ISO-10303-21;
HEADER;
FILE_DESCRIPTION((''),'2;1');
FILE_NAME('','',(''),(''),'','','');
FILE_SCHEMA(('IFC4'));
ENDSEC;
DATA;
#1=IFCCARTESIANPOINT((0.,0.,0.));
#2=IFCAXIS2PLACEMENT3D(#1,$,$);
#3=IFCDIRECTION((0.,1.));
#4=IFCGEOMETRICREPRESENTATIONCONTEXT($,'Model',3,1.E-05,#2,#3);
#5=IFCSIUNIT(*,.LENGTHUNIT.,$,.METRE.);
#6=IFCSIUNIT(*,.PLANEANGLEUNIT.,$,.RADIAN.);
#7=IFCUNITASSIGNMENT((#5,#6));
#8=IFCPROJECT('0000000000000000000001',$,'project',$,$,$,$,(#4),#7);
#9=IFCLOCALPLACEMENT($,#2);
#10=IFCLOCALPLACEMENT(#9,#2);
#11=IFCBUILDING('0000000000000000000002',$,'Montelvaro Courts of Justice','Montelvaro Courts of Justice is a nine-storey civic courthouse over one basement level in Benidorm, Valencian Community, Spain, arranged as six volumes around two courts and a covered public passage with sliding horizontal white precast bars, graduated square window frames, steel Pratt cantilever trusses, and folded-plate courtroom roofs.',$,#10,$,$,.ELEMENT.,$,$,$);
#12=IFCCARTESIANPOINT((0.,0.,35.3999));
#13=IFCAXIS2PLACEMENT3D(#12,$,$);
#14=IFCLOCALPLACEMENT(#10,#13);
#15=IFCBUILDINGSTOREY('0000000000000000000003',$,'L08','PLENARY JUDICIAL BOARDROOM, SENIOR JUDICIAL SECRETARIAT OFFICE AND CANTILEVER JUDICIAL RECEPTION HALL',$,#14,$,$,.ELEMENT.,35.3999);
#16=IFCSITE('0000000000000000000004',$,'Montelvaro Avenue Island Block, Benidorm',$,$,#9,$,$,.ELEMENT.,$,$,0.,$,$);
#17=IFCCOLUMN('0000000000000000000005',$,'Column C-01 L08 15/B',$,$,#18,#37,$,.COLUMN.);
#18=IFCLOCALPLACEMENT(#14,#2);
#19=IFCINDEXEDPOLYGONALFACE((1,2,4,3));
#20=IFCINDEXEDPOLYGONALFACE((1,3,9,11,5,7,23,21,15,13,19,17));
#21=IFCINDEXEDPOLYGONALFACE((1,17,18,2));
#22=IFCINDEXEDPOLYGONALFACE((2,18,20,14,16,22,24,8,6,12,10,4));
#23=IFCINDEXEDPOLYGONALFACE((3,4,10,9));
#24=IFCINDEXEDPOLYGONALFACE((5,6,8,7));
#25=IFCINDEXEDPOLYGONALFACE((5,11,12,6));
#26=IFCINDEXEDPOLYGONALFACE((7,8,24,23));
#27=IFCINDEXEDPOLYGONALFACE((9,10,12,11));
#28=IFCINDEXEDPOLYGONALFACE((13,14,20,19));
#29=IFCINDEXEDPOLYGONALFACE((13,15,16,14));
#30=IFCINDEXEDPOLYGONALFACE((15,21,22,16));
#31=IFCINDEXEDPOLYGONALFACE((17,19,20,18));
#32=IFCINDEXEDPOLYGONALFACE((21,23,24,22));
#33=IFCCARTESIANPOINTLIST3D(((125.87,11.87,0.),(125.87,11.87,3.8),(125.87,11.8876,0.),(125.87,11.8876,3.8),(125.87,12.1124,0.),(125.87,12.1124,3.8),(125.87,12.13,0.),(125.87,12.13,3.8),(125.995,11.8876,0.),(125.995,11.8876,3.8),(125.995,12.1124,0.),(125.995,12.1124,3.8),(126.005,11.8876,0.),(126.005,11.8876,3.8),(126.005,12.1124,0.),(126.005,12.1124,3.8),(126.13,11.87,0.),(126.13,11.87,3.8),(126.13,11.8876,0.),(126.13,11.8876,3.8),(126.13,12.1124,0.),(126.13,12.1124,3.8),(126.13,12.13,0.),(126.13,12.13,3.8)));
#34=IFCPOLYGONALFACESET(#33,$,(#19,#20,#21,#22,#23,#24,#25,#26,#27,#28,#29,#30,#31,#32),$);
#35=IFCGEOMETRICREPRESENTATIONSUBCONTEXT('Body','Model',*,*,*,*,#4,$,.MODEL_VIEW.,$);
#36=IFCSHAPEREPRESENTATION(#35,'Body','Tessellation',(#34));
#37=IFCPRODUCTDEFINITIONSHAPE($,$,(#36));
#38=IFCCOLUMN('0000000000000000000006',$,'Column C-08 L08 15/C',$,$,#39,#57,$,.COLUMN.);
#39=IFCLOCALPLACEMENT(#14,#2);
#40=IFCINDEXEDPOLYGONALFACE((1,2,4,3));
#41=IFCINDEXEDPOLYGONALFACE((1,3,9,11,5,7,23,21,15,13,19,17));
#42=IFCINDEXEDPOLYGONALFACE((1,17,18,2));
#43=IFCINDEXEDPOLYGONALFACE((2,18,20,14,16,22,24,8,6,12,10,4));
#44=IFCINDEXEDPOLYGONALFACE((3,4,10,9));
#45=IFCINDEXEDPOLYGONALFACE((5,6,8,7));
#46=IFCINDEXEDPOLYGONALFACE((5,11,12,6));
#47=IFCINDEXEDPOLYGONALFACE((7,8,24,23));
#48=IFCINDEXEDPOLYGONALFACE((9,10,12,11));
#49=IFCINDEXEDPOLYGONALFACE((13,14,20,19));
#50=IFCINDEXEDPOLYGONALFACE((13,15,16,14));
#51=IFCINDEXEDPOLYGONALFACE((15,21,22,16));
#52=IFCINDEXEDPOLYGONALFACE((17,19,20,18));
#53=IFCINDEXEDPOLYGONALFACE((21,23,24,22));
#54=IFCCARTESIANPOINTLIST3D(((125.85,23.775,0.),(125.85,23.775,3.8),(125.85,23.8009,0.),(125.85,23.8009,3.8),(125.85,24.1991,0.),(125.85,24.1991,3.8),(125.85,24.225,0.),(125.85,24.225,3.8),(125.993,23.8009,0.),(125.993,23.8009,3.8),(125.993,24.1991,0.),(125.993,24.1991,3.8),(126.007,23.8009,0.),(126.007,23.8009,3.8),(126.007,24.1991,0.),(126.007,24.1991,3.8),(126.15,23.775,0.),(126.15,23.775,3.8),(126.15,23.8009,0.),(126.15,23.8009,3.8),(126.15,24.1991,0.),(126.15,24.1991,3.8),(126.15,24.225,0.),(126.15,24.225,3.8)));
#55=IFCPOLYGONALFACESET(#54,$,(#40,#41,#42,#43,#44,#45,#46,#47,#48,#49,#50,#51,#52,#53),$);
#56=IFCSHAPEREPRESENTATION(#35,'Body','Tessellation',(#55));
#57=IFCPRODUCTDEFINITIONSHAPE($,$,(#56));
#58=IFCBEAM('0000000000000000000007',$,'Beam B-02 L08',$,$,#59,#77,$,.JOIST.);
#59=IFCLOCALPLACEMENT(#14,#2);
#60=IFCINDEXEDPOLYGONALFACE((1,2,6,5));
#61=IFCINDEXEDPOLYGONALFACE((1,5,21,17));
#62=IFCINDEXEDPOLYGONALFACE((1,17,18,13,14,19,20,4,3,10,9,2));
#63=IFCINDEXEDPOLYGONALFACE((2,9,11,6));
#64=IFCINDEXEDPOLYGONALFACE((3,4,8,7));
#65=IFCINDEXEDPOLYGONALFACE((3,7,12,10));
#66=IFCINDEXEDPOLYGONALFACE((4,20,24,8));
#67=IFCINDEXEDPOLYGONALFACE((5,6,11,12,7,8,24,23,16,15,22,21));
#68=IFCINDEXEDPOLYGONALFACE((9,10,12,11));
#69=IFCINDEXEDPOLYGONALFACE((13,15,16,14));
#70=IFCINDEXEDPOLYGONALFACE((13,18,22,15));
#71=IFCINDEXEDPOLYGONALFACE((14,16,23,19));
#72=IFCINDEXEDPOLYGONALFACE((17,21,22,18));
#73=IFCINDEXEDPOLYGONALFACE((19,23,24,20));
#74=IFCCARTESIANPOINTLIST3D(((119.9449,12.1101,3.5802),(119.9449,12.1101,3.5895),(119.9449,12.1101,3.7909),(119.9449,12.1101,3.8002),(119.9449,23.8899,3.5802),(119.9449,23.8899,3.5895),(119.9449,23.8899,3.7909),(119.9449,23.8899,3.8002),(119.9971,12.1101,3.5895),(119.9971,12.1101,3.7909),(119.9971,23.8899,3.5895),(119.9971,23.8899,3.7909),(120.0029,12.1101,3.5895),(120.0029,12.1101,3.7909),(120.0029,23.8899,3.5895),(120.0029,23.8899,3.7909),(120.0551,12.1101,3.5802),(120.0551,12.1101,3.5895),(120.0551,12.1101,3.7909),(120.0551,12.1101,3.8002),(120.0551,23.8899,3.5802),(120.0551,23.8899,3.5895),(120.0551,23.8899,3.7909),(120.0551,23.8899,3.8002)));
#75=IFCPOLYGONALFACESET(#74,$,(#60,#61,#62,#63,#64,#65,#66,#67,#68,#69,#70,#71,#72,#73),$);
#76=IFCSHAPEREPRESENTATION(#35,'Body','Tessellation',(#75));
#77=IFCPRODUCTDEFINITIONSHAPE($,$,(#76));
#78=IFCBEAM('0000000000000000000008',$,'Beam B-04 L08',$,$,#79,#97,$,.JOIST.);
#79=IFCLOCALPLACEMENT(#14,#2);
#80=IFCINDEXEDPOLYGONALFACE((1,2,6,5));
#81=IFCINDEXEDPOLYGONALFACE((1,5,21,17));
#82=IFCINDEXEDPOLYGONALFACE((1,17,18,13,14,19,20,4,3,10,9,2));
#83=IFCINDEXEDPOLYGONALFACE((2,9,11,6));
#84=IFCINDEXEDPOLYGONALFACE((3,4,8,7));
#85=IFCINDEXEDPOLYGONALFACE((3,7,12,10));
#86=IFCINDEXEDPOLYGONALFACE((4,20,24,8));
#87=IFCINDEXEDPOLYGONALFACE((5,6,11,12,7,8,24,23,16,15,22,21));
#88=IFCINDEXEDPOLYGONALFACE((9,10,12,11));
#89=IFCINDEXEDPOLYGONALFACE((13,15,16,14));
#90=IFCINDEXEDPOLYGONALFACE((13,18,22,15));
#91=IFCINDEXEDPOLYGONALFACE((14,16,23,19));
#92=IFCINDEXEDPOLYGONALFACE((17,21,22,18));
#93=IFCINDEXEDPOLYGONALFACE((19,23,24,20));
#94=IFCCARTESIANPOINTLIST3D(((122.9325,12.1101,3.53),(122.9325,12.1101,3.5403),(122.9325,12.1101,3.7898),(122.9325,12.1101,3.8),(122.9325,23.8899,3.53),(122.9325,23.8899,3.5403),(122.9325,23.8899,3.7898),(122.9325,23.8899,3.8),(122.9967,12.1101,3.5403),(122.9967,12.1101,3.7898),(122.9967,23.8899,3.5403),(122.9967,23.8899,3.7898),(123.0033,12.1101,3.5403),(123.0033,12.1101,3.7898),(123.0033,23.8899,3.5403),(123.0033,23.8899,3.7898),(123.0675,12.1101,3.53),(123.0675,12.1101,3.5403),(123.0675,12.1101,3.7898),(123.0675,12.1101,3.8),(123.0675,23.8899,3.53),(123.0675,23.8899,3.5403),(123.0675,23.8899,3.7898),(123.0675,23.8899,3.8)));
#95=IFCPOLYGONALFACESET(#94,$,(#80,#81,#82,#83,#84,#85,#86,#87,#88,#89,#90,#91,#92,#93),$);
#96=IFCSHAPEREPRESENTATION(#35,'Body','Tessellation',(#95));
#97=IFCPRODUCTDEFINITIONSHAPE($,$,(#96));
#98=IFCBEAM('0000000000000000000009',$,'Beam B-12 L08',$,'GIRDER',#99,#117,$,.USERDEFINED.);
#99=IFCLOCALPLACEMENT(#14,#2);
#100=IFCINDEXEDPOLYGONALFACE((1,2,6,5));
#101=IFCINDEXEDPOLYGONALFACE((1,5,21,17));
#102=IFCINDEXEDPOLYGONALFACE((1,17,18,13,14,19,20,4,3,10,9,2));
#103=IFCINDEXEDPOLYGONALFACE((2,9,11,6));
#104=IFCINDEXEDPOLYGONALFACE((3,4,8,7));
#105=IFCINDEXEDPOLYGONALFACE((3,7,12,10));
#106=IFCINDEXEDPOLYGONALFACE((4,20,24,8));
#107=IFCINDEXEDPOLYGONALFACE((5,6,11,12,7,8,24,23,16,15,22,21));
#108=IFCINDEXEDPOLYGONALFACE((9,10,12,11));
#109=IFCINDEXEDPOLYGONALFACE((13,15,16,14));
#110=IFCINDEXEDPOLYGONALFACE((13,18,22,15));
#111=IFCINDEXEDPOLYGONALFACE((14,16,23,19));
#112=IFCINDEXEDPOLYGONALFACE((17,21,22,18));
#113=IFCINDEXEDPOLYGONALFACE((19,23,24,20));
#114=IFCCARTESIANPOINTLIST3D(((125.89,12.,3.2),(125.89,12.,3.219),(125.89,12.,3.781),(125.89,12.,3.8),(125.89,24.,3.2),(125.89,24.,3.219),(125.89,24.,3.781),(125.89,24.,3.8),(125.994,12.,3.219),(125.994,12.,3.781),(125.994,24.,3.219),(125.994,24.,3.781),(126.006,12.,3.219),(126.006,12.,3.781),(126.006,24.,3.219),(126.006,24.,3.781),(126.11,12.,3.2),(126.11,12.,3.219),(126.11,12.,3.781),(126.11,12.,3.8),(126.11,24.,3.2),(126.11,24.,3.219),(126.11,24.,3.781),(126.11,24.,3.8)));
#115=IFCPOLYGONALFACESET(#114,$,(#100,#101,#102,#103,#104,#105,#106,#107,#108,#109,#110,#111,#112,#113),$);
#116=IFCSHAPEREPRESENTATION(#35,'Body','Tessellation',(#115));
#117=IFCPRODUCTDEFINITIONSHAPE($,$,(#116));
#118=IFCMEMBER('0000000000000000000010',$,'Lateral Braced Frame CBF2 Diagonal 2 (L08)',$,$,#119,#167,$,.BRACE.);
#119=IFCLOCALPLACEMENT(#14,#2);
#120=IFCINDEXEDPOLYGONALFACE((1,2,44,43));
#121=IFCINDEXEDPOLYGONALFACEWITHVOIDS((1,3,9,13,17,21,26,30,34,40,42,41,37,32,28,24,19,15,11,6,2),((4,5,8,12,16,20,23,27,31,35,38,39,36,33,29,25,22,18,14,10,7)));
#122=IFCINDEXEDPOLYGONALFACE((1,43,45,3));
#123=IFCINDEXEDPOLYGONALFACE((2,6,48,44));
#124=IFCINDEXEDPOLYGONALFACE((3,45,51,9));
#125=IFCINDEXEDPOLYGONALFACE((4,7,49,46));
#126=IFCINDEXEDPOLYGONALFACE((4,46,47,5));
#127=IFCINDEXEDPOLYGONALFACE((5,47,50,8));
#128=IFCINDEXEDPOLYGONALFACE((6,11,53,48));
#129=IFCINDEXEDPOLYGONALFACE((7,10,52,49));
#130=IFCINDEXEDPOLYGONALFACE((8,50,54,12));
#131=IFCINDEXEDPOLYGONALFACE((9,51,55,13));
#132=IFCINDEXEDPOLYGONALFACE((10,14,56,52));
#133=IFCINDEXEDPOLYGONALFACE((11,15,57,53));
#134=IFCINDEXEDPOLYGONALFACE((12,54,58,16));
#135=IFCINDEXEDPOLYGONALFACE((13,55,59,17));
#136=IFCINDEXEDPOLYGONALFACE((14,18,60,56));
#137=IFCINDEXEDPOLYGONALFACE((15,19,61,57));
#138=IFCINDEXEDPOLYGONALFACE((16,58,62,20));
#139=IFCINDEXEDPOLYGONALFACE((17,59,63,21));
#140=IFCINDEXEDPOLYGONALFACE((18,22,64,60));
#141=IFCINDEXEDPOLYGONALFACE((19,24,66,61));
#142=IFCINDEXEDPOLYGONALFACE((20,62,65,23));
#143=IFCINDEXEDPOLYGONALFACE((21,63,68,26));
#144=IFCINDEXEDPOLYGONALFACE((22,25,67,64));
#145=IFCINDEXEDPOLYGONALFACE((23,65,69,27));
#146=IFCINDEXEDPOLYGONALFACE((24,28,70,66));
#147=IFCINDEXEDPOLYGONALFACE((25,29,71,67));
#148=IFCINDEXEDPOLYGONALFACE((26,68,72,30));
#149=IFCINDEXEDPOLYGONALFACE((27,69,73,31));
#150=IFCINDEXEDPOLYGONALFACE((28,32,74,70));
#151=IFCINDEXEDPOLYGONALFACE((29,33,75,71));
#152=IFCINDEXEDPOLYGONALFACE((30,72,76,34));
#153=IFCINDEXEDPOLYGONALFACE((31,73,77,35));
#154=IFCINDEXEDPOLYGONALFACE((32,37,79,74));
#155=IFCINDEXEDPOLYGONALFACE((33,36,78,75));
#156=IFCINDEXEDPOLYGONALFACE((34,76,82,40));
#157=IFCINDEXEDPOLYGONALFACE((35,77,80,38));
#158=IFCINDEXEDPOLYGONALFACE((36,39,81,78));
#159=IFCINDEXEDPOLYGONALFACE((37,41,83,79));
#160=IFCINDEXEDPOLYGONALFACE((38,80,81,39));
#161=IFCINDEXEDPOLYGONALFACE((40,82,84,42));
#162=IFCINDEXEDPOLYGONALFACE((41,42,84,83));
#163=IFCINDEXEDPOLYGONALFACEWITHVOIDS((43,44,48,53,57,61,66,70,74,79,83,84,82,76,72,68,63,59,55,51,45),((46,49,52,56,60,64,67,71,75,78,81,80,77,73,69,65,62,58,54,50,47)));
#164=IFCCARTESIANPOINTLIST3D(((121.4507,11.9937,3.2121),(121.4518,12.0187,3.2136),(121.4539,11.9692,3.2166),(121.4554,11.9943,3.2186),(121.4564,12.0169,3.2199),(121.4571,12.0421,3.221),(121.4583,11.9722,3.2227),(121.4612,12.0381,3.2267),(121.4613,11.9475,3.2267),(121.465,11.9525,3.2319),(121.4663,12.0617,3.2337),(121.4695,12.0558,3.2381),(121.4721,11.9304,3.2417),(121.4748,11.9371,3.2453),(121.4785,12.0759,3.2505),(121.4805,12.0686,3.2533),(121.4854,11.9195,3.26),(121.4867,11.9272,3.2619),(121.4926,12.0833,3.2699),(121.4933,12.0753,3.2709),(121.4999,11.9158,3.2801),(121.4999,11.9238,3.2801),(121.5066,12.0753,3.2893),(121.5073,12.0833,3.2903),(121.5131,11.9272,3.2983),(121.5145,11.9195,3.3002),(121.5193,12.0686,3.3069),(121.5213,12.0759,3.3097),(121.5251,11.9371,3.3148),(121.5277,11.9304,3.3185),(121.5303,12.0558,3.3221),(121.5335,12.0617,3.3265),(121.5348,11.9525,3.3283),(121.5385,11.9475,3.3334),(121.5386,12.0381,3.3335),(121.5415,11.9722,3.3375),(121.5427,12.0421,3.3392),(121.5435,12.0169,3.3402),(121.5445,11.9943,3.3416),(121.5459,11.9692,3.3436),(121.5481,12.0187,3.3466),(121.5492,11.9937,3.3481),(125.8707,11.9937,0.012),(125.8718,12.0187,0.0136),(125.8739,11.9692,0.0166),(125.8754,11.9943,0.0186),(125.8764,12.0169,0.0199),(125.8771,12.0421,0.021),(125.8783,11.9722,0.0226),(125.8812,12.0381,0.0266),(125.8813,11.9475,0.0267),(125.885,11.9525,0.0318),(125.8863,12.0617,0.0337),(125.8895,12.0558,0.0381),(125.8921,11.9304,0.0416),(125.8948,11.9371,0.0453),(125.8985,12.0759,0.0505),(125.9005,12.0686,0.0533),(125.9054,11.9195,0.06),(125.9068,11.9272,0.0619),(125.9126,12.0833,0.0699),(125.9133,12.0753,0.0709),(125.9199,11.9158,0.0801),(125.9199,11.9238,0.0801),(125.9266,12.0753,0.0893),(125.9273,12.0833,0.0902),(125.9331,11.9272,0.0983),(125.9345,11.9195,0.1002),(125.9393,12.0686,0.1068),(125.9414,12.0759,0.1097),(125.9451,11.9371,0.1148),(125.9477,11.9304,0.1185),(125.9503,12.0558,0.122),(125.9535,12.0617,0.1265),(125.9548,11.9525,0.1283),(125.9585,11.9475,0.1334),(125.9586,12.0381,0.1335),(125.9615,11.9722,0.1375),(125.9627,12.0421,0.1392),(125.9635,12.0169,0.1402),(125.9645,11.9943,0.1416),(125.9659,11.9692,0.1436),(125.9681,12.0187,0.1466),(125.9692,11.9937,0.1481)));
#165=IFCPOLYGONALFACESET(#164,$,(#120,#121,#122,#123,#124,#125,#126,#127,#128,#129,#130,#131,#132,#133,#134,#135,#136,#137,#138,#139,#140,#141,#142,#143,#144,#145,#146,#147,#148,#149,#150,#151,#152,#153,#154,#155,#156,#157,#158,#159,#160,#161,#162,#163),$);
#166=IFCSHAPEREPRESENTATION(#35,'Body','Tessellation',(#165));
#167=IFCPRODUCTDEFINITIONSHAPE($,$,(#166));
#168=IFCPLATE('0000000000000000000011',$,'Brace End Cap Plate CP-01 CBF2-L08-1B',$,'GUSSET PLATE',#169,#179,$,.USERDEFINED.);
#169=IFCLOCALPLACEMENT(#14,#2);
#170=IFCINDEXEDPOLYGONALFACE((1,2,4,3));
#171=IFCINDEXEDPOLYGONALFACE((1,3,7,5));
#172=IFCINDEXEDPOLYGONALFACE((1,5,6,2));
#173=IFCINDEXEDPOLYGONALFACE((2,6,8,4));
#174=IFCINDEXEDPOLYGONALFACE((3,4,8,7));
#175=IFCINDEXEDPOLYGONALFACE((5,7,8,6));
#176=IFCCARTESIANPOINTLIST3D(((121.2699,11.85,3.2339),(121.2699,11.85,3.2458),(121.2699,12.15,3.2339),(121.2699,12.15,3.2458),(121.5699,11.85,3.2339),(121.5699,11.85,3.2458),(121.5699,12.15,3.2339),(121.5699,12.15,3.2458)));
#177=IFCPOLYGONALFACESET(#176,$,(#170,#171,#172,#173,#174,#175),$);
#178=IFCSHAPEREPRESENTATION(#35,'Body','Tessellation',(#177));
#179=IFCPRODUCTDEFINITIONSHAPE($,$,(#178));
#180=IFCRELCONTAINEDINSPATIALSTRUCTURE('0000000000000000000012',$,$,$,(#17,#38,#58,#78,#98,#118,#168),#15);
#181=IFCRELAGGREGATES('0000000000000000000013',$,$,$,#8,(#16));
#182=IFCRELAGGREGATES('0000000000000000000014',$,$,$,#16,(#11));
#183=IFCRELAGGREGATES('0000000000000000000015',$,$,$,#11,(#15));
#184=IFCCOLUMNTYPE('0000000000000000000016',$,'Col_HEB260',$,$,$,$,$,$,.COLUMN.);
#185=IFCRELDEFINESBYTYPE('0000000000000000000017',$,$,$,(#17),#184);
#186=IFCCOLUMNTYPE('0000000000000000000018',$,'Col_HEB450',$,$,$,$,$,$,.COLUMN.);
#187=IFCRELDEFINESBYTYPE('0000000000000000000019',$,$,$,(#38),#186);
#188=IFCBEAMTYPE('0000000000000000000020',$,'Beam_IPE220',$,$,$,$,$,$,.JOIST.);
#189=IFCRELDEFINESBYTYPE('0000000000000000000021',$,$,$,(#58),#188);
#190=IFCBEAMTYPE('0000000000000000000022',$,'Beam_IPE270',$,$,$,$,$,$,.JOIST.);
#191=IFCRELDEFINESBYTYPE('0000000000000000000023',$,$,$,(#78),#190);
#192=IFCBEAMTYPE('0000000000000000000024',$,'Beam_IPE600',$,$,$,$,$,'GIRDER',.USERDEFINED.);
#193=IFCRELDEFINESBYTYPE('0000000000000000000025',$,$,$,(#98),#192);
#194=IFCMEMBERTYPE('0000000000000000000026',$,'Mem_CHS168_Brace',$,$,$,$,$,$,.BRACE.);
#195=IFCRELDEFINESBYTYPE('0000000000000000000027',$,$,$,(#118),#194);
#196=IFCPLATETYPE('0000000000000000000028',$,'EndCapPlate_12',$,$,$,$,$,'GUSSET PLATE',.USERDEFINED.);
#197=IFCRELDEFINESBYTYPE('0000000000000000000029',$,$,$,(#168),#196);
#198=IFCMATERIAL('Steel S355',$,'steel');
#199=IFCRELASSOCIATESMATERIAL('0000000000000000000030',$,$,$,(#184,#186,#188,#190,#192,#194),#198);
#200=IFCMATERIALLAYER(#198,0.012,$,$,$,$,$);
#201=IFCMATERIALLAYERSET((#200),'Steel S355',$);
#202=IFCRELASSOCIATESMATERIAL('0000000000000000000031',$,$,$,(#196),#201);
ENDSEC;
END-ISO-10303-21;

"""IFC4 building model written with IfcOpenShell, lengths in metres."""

from ifc_helpers import new_model, si_unit, direction, frame, origin, origin_2d, place, context, subcontext, project, spatial, rectangle, hollow_circle, i_section, extrude, material, layer, layer_set, material_profile, profile_set, type_object, element, save


model = new_model("IFC4")

# Units and contexts
model_context = context("Model", 3, precision=1e-05, world=origin(), true_north=direction((0.0, 1.0)))
body_context = subcontext(model_context, "Body", "Model", "MODEL_VIEW")
ifc_project = project(units=[si_unit("LENGTHUNIT", "METRE"), si_unit("PLANEANGLEUNIT", "RADIAN")], contexts=[model_context])

# Site, building, storey
site_placement = place(None, origin())
site = spatial("IfcSite", under=ifc_project, at=site_placement, Name="Montelvaro Avenue Island Block, Benidorm", CompositionType="ELEMENT", RefElevation=0.0)
building_placement = place(site_placement, origin())
building = spatial("IfcBuilding", under=site, at=building_placement, Name="Montelvaro Courts of Justice", Description="Montelvaro Courts of Justice is a nine-storey civic courthouse over one basement level in Benidorm, Valencian Community, Spain, arranged as six volumes around two courts and a covered public passage with sliding horizontal white precast bars, graduated square window frames, steel Pratt cantilever trusses, and folded-plate courtroom roofs.", CompositionType="ELEMENT")
storey_placement = place(building_placement, frame((0.0, 0.0, 35.3999)))
storey = spatial("IfcBuildingStorey", under=building, at=storey_placement, Name="L08", Description="PLENARY JUDICIAL BOARDROOM, SENIOR JUDICIAL SECRETARIAT OFFICE AND CANTILEVER JUDICIAL RECEPTION HALL", CompositionType="ELEMENT", Elevation=35.3999)

# Columns
ifc_material_1 = material(Name="Steel S355", Category="steel")
ifc_material_profile_1 = material_profile(ifc_material_1, i_section(OverallWidth=0.26, OverallDepth=0.26, WebThickness=0.01, FlangeThickness=0.0176, at=origin_2d()), Name="HEB 260")
ifc_profile_set_1 = profile_set([ifc_material_profile_1], Name="Steel S355")
column_type_1 = type_object("IfcColumnType", Name="Col_HEB260", PredefinedType="COLUMN", material=ifc_profile_set_1)
column_1_placement = place(storey_placement, frame((126.0, 12.0, 0.0), z_axis=(0.0, 0.0, 1.0), x_axis=(1.0, 0.0, 0.0)))
element("IfcColumn", 1, at=column_1_placement, inside=storey, type_object=column_type_1, Name="Column C-01 L08 15/B", PredefinedType="COLUMN", context=body_context, shape_type="SweptSolid", body=[
    extrude(i_section(OverallWidth=0.26, OverallDepth=0.26, WebThickness=0.01, FlangeThickness=0.0176, at=origin_2d()), origin(), (0.0, 0.0, 1.0), 3.8),
])
ifc_material_profile_2 = material_profile(ifc_material_1, i_section(OverallWidth=0.3, OverallDepth=0.45, WebThickness=0.0139, FlangeThickness=0.0259, at=origin_2d()), Name="HEB 450")
ifc_profile_set_2 = profile_set([ifc_material_profile_2], Name="Steel S355")
column_type_2 = type_object("IfcColumnType", Name="Col_HEB450", PredefinedType="COLUMN", material=ifc_profile_set_2)
column_2_placement = place(storey_placement, frame((126.0, 24.0, 0.0), z_axis=(0.0, 0.0, 1.0), x_axis=(1.0, 0.0, 0.0)))
element("IfcColumn", 2, at=column_2_placement, inside=storey, type_object=column_type_2, Name="Column C-08 L08 15/C", PredefinedType="COLUMN", context=body_context, shape_type="SweptSolid", body=[
    extrude(i_section(OverallWidth=0.3, OverallDepth=0.45, WebThickness=0.0139, FlangeThickness=0.0259, at=origin_2d()), origin(), (0.0, 0.0, 1.0), 3.8),
])

# Beams
ifc_material_profile_3 = material_profile(ifc_material_1, i_section(OverallWidth=0.1101, OverallDepth=0.22, WebThickness=0.0059, FlangeThickness=0.0093, at=origin_2d()), Name="IPE 220")
ifc_profile_set_3 = profile_set([ifc_material_profile_3], Name="Steel S355")
beam_type_1 = type_object("IfcBeamType", Name="Beam_IPE220", PredefinedType="JOIST", material=ifc_profile_set_3)
beam_1_placement = place(storey_placement, frame((120.0, 12.1101, 3.6902), z_axis=(0.0, 1.0, 0.0), x_axis=(-1.0, 0.0, 0.0)))
element("IfcBeam", 3, at=beam_1_placement, inside=storey, type_object=beam_type_1, Name="Beam B-02 L08", PredefinedType="JOIST", context=body_context, shape_type="SweptSolid", body=[
    extrude(i_section(OverallWidth=0.1101, OverallDepth=0.22, WebThickness=0.0059, FlangeThickness=0.0093, at=origin_2d()), origin(), (0.0, 0.0, 1.0), 11.7798),
])
ifc_material_profile_4 = material_profile(ifc_material_1, i_section(OverallWidth=0.135, OverallDepth=0.27, WebThickness=0.0066, FlangeThickness=0.0103, at=origin_2d()), Name="IPE 270")
ifc_profile_set_4 = profile_set([ifc_material_profile_4], Name="Steel S355")
beam_type_2 = type_object("IfcBeamType", Name="Beam_IPE270", PredefinedType="JOIST", material=ifc_profile_set_4)
beam_2_placement = place(storey_placement, frame((123.0, 12.1101, 3.665), z_axis=(0.0, 1.0, 0.0), x_axis=(-1.0, 0.0, 0.0)))
element("IfcBeam", 4, at=beam_2_placement, inside=storey, type_object=beam_type_2, Name="Beam B-04 L08", PredefinedType="JOIST", context=body_context, shape_type="SweptSolid", body=[
    extrude(i_section(OverallWidth=0.135, OverallDepth=0.27, WebThickness=0.0066, FlangeThickness=0.0103, at=origin_2d()), origin(), (0.0, 0.0, 1.0), 11.7798),
])
ifc_material_profile_5 = material_profile(ifc_material_1, i_section(OverallWidth=0.22, OverallDepth=0.6001, WebThickness=0.012, FlangeThickness=0.019, at=origin_2d()), Name="IPE 600")
ifc_profile_set_5 = profile_set([ifc_material_profile_5], Name="Steel S355")
beam_type_3 = type_object("IfcBeamType", Name="Beam_IPE600", ElementType="GIRDER", PredefinedType="USERDEFINED", material=ifc_profile_set_5)
beam_3_placement = place(storey_placement, frame((126.0, 12.0, 3.5), z_axis=(0.0, 1.0, 0.0), x_axis=(-1.0, 0.0, 0.0)))
element("IfcBeam", 5, at=beam_3_placement, inside=storey, type_object=beam_type_3, Name="Beam B-12 L08", ObjectType="GIRDER", PredefinedType="USERDEFINED", context=body_context, shape_type="SweptSolid", body=[
    extrude(i_section(OverallWidth=0.22, OverallDepth=0.6001, WebThickness=0.012, FlangeThickness=0.019, at=origin_2d()), origin(), (0.0, 0.0, 1.0), 12.0),
])

# Member
ifc_material_profile_6 = material_profile(ifc_material_1, hollow_circle(Radius=0.0842, WallThickness=0.0081, at=origin_2d()), Name="CHS 168.3x8")
ifc_profile_set_6 = profile_set([ifc_material_profile_6], Name="Steel S355")
member_type = type_object("IfcMemberType", Name="Mem_CHS168_Brace", PredefinedType="BRACE", material=ifc_profile_set_6)
member_placement = place(storey_placement, frame((125.9199, 12.0, 0.0801), z_axis=(-0.810001, 0.0, 0.586428), x_axis=(0.0, -1.0, 0.0)))
element("IfcMember", 6, at=member_placement, inside=storey, type_object=member_type, Name="Lateral Braced Frame CBF2 Diagonal 2 (L08)", PredefinedType="BRACE", context=body_context, shape_type="SweptSolid", body=[
    extrude(hollow_circle(Radius=0.0842, WallThickness=0.0081, at=origin_2d()), origin(), (0.0, 0.0, 1.0), 5.4568),
])

# Plate
ifc_layer_1 = layer(ifc_material_1, 0.012)
ifc_layer_set_1 = layer_set([ifc_layer_1], Name="Steel S355")
plate_type_1 = type_object("IfcPlateType", Name="EndCapPlate_12", ElementType="GUSSET PLATE", PredefinedType="USERDEFINED", material=ifc_layer_set_1)
for number, where, z_axis, x_axis, name in (
    (7, (121.4199, 12.0, 3.2339), (0.0, 0.0, 1.0), (1.0, 0.0, 0.0), "Brace End Cap Plate CP-01 CBF2-L08-1B"),
):
    element("IfcPlate", number, at=place(storey_placement, frame(where, z_axis=z_axis, x_axis=x_axis)), inside=storey, type_object=plate_type_1, Name=name, ObjectType="GUSSET PLATE", PredefinedType="USERDEFINED", context=body_context, shape_type="SweptSolid", body=[
        extrude(rectangle(XDim=0.3, YDim=0.3, at=origin_2d()), origin(), (0.0, 0.0, 1.0), 0.012),
    ])

save(model, "model.ifc")
